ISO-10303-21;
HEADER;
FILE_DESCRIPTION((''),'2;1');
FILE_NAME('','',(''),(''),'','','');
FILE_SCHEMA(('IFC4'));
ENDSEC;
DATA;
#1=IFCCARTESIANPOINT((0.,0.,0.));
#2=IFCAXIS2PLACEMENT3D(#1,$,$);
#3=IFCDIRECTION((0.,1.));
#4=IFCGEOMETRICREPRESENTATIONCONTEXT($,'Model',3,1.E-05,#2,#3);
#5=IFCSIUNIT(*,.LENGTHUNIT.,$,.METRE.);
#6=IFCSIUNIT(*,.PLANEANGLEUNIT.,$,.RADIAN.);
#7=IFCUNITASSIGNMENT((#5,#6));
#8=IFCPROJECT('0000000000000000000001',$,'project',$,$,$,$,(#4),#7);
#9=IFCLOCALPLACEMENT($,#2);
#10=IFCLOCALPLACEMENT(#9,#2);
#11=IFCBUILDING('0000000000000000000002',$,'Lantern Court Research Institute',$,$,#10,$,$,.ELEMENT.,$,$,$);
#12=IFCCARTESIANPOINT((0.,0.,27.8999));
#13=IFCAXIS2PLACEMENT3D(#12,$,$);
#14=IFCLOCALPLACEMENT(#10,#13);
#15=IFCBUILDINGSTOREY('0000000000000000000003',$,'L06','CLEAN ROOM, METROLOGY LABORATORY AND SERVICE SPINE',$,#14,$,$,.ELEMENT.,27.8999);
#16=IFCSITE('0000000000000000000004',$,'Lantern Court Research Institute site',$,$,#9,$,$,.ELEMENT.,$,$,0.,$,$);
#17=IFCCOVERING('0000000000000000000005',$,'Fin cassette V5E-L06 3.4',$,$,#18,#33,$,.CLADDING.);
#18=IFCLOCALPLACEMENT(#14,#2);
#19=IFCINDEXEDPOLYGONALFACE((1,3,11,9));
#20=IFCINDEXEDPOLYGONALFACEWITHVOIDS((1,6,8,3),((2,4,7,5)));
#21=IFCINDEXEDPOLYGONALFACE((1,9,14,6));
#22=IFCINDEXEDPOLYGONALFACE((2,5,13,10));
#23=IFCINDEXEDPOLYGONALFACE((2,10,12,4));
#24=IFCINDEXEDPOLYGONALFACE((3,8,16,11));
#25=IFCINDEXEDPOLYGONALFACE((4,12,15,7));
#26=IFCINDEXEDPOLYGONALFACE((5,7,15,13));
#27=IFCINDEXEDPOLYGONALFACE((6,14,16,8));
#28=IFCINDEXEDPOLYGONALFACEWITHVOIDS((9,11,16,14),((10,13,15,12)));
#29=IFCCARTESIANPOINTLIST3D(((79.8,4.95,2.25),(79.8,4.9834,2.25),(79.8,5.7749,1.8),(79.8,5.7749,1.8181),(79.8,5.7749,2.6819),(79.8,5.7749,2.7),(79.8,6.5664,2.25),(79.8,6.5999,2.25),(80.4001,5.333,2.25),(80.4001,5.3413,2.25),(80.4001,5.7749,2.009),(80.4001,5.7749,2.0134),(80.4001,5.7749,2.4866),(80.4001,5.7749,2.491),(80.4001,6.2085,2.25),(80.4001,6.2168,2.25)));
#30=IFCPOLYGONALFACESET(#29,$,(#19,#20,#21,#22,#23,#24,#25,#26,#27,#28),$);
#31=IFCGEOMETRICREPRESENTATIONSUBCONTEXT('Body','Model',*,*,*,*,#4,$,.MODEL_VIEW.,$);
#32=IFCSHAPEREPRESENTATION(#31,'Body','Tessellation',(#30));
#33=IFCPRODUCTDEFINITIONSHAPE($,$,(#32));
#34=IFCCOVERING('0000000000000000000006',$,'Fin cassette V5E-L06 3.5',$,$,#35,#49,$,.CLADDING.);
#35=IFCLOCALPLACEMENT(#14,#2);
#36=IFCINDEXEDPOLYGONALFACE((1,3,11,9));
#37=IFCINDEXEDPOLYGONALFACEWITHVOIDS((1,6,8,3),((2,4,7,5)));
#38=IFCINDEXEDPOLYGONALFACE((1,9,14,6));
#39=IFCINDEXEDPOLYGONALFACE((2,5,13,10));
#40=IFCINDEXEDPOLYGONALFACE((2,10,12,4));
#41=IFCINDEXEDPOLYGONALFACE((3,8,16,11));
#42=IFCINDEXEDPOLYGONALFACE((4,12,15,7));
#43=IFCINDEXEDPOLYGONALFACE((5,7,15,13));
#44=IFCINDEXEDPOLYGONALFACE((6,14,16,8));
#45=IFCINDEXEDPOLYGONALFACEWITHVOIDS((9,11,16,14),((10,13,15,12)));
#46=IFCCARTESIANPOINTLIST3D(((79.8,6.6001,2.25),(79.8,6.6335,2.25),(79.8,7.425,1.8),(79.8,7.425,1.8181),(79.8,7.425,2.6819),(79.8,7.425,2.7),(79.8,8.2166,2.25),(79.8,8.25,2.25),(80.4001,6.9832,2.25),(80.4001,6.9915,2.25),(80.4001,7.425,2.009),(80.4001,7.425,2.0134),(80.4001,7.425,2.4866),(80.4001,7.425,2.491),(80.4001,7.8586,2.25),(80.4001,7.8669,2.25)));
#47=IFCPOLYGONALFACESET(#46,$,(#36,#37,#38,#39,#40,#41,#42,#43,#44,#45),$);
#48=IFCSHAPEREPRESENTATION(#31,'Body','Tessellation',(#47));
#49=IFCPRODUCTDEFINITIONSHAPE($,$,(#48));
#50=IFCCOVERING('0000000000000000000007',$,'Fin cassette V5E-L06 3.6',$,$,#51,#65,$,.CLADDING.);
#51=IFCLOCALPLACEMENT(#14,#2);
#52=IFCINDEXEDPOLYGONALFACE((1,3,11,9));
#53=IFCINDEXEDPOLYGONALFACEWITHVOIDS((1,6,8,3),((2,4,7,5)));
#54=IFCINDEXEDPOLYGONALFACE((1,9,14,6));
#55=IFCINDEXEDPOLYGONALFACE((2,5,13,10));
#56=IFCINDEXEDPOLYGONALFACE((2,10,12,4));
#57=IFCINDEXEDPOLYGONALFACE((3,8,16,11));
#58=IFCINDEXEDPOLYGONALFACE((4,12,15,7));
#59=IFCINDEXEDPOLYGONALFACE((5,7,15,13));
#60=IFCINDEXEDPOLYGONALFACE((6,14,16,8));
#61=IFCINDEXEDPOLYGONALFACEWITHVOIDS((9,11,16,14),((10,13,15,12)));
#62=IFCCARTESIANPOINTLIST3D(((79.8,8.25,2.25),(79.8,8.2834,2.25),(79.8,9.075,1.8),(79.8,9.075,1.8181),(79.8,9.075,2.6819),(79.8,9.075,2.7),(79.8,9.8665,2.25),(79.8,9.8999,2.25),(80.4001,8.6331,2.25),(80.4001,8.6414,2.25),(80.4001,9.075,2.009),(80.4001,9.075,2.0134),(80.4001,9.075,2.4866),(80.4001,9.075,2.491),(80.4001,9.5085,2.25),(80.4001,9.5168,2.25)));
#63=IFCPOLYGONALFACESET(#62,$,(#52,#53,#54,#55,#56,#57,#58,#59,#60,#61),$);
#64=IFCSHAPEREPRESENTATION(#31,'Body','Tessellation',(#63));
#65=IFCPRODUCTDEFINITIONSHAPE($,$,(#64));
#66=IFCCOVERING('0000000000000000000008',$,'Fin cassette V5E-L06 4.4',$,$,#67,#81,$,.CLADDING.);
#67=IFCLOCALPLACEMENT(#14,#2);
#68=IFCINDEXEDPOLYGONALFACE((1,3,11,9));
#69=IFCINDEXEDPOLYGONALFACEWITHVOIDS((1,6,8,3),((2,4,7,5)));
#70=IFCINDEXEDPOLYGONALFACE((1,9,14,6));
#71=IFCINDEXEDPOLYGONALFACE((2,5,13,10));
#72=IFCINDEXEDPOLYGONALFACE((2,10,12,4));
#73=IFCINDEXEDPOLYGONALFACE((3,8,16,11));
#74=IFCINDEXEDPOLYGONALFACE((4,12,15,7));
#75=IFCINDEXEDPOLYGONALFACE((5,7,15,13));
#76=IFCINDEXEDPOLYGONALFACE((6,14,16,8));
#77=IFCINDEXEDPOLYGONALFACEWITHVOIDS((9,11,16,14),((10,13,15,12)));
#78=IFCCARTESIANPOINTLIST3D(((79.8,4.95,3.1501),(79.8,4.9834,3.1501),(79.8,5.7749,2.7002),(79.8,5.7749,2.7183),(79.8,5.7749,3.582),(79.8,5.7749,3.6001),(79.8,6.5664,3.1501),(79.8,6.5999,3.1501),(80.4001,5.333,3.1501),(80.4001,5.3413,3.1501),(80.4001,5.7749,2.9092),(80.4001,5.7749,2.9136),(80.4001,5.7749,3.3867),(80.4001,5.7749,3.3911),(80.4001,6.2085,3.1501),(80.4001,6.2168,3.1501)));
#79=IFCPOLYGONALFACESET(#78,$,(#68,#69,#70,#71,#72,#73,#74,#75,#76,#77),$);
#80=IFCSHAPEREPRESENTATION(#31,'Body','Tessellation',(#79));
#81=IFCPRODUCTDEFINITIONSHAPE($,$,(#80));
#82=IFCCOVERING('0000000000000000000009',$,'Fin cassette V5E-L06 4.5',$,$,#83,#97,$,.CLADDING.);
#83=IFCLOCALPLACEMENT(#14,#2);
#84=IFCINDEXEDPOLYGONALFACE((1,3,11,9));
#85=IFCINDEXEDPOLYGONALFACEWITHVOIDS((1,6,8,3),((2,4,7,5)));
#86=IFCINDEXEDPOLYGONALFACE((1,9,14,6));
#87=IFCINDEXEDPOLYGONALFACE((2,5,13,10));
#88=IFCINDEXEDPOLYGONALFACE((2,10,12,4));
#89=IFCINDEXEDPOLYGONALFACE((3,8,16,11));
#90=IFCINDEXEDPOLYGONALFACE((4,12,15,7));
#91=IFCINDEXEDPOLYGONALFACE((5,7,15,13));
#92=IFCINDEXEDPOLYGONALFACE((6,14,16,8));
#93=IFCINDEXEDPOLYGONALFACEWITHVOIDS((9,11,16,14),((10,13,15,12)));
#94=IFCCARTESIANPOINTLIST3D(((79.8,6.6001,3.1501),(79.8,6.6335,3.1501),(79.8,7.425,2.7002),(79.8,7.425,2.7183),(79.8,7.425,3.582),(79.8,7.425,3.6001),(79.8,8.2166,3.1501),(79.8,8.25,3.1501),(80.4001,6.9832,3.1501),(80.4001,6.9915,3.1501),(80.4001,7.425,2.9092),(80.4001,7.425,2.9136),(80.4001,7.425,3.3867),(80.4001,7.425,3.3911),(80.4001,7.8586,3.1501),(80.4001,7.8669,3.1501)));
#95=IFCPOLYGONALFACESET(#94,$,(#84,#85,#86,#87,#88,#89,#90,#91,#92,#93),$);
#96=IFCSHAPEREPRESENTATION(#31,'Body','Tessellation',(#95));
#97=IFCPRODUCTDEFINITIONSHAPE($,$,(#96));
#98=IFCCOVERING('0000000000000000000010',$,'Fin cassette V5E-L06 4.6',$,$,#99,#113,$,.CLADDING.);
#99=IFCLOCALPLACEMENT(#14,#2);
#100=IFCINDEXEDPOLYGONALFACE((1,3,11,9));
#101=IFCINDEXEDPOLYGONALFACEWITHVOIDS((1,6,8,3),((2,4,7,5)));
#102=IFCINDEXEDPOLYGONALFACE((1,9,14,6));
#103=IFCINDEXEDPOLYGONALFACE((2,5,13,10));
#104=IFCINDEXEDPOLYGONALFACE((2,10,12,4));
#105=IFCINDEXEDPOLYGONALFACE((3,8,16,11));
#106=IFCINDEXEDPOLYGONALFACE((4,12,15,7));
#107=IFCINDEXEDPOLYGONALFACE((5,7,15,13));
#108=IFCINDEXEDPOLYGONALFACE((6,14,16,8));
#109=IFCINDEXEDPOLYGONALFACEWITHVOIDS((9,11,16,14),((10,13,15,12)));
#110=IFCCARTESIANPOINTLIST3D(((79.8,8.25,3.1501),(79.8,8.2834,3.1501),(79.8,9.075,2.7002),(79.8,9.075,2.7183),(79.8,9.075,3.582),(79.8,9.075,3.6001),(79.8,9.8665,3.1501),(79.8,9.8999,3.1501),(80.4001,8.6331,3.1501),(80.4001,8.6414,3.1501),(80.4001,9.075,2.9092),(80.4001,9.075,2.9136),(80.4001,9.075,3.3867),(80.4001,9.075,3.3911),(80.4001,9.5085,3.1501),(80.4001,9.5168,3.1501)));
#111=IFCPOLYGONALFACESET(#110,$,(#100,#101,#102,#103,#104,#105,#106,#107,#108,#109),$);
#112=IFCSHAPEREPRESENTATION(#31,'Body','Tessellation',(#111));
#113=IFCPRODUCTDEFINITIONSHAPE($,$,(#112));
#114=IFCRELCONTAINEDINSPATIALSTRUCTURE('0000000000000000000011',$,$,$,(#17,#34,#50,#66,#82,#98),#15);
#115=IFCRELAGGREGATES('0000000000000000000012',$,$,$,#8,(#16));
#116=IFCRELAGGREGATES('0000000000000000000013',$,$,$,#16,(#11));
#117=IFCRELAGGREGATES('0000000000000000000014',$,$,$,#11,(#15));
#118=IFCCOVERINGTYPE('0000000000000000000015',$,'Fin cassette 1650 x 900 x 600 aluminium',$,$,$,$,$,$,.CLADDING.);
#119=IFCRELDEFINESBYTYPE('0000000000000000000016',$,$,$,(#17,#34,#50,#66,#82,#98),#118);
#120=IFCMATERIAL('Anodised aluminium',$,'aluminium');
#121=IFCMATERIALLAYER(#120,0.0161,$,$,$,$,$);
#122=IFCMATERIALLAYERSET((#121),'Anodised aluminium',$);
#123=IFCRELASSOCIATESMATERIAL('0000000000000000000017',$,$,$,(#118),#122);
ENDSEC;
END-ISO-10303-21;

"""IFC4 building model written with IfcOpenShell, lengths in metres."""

from ifc_helpers import new_model, entity, si_unit, direction, frame, origin, place, context, subcontext, project, spatial, material, layer, layer_set, type_object, element, save


model = new_model("IFC4")

# Units and contexts
model_context = context("Model", 3, precision=1e-05, world=origin(), true_north=direction((0.0, 1.0)))
body_context = subcontext(model_context, "Body", "Model", "MODEL_VIEW")
ifc_project = project(units=[si_unit("LENGTHUNIT", "METRE"), si_unit("PLANEANGLEUNIT", "RADIAN")], contexts=[model_context])

# Site, building, storey
site_placement = place(None, origin())
site = spatial("IfcSite", under=ifc_project, at=site_placement, Name="Lantern Court Research Institute site", CompositionType="ELEMENT", RefElevation=0.0)
building_placement = place(site_placement, origin())
building = spatial("IfcBuilding", under=site, at=building_placement, Name="Lantern Court Research Institute", CompositionType="ELEMENT")
storey_placement = place(building_placement, frame((0.0, 0.0, 27.8999)))
storey = spatial("IfcBuildingStorey", under=building, at=storey_placement, Name="L06", Description="CLEAN ROOM, METROLOGY LABORATORY AND SERVICE SPINE", CompositionType="ELEMENT", Elevation=27.8999)

# Coverings
ifc_material_1 = material(Name="Anodised aluminium", Category="aluminium")
ifc_layer_1 = layer(ifc_material_1, 0.0161)
ifc_layer_set_1 = layer_set([ifc_layer_1], Name="Anodised aluminium")
covering_type = type_object("IfcCoveringType", Name="Fin cassette 1650 x 900 x 600 aluminium", PredefinedType="CLADDING", material=ifc_layer_set_1)
covering_1_placement = place(storey_placement, frame((79.8, 5.7749, 2.25), z_axis=(1.0, 0.0, 0.0), x_axis=(0.0, 1.0, 0.0)))
cartesian_point_1 = entity("IfcCartesianPoint", [0.825, 0.0])
cartesian_point_2 = entity("IfcCartesianPoint", [0.7915, 0.0])
cartesian_point_3 = entity("IfcCartesianPoint", [0.4419, 0.0])
cartesian_point_4 = entity("IfcCartesianPoint", [0.4336, 0.0])
element("IfcCovering", 1, at=covering_1_placement, inside=storey, type_object=covering_type, Name="Fin cassette V5E-L06 3.4", PredefinedType="CLADDING", context=body_context, shape_type="SweptSolid", body=[
    entity("IfcExtrudedAreaSolidTapered", entity("IfcArbitraryProfileDefWithVoids", "AREA", None, entity("IfcPolyline", [cartesian_point_1, entity("IfcCartesianPoint", [0.0, 0.45]), entity("IfcCartesianPoint", [-0.825, 0.0]), entity("IfcCartesianPoint", [0.0, -0.45]), cartesian_point_1]), [entity("IfcPolyline", [cartesian_point_2, entity("IfcCartesianPoint", [0.0, 0.4319]), entity("IfcCartesianPoint", [-0.7915, 0.0]), entity("IfcCartesianPoint", [0.0, -0.4319]), cartesian_point_2])]), entity("IfcAxis2Placement3D", entity("IfcCartesianPoint", [0.0, 0.0, 0.0])), entity("IfcDirection", [0.0, 0.0, 1.0]), 0.6001, entity("IfcArbitraryProfileDefWithVoids", "AREA", None, entity("IfcPolyline", [cartesian_point_3, entity("IfcCartesianPoint", [0.0, 0.241]), entity("IfcCartesianPoint", [-0.4419, 0.0]), entity("IfcCartesianPoint", [0.0, -0.241]), cartesian_point_3]), [entity("IfcPolyline", [cartesian_point_4, entity("IfcCartesianPoint", [0.0, 0.2366]), entity("IfcCartesianPoint", [-0.4336, 0.0]), entity("IfcCartesianPoint", [0.0, -0.2366]), cartesian_point_4])])),
])
covering_2_placement = place(storey_placement, frame((79.8, 7.425, 2.25), z_axis=(1.0, 0.0, 0.0), x_axis=(0.0, 1.0, 0.0)))
cartesian_point_5 = entity("IfcCartesianPoint", [0.825, 0.0])
cartesian_point_6 = entity("IfcCartesianPoint", [0.7915, 0.0])
cartesian_point_7 = entity("IfcCartesianPoint", [0.4419, 0.0])
cartesian_point_8 = entity("IfcCartesianPoint", [0.4336, 0.0])
element("IfcCovering", 2, at=covering_2_placement, inside=storey, type_object=covering_type, Name="Fin cassette V5E-L06 3.5", PredefinedType="CLADDING", context=body_context, shape_type="SweptSolid", body=[
    entity("IfcExtrudedAreaSolidTapered", entity("IfcArbitraryProfileDefWithVoids", "AREA", None, entity("IfcPolyline", [cartesian_point_5, entity("IfcCartesianPoint", [0.0, 0.45]), entity("IfcCartesianPoint", [-0.825, 0.0]), entity("IfcCartesianPoint", [0.0, -0.45]), cartesian_point_5]), [entity("IfcPolyline", [cartesian_point_6, entity("IfcCartesianPoint", [0.0, 0.4319]), entity("IfcCartesianPoint", [-0.7915, 0.0]), entity("IfcCartesianPoint", [0.0, -0.4319]), cartesian_point_6])]), entity("IfcAxis2Placement3D", entity("IfcCartesianPoint", [0.0, 0.0, 0.0])), entity("IfcDirection", [0.0, 0.0, 1.0]), 0.6001, entity("IfcArbitraryProfileDefWithVoids", "AREA", None, entity("IfcPolyline", [cartesian_point_7, entity("IfcCartesianPoint", [0.0, 0.241]), entity("IfcCartesianPoint", [-0.4419, 0.0]), entity("IfcCartesianPoint", [0.0, -0.241]), cartesian_point_7]), [entity("IfcPolyline", [cartesian_point_8, entity("IfcCartesianPoint", [0.0, 0.2366]), entity("IfcCartesianPoint", [-0.4336, 0.0]), entity("IfcCartesianPoint", [0.0, -0.2366]), cartesian_point_8])])),
])
covering_3_placement = place(storey_placement, frame((79.8, 9.075, 2.25), z_axis=(1.0, 0.0, 0.0), x_axis=(0.0, 1.0, 0.0)))
cartesian_point_9 = entity("IfcCartesianPoint", [0.825, 0.0])
cartesian_point_10 = entity("IfcCartesianPoint", [0.7915, 0.0])
cartesian_point_11 = entity("IfcCartesianPoint", [0.4419, 0.0])
cartesian_point_12 = entity("IfcCartesianPoint", [0.4336, 0.0])
element("IfcCovering", 3, at=covering_3_placement, inside=storey, type_object=covering_type, Name="Fin cassette V5E-L06 3.6", PredefinedType="CLADDING", context=body_context, shape_type="SweptSolid", body=[
    entity("IfcExtrudedAreaSolidTapered", entity("IfcArbitraryProfileDefWithVoids", "AREA", None, entity("IfcPolyline", [cartesian_point_9, entity("IfcCartesianPoint", [0.0, 0.45]), entity("IfcCartesianPoint", [-0.825, 0.0]), entity("IfcCartesianPoint", [0.0, -0.45]), cartesian_point_9]), [entity("IfcPolyline", [cartesian_point_10, entity("IfcCartesianPoint", [0.0, 0.4319]), entity("IfcCartesianPoint", [-0.7915, 0.0]), entity("IfcCartesianPoint", [0.0, -0.4319]), cartesian_point_10])]), entity("IfcAxis2Placement3D", entity("IfcCartesianPoint", [0.0, 0.0, 0.0])), entity("IfcDirection", [0.0, 0.0, 1.0]), 0.6001, entity("IfcArbitraryProfileDefWithVoids", "AREA", None, entity("IfcPolyline", [cartesian_point_11, entity("IfcCartesianPoint", [0.0, 0.241]), entity("IfcCartesianPoint", [-0.4419, 0.0]), entity("IfcCartesianPoint", [0.0, -0.241]), cartesian_point_11]), [entity("IfcPolyline", [cartesian_point_12, entity("IfcCartesianPoint", [0.0, 0.2366]), entity("IfcCartesianPoint", [-0.4336, 0.0]), entity("IfcCartesianPoint", [0.0, -0.2366]), cartesian_point_12])])),
])
covering_4_placement = place(storey_placement, frame((79.8, 5.7749, 3.1501), z_axis=(1.0, 0.0, 0.0), x_axis=(0.0, 1.0, 0.0)))
cartesian_point_13 = entity("IfcCartesianPoint", [0.825, 0.0])
cartesian_point_14 = entity("IfcCartesianPoint", [0.7915, 0.0])
cartesian_point_15 = entity("IfcCartesianPoint", [0.4419, 0.0])
cartesian_point_16 = entity("IfcCartesianPoint", [0.4336, 0.0])
element("IfcCovering", 4, at=covering_4_placement, inside=storey, type_object=covering_type, Name="Fin cassette V5E-L06 4.4", PredefinedType="CLADDING", context=body_context, shape_type="SweptSolid", body=[
    entity("IfcExtrudedAreaSolidTapered", entity("IfcArbitraryProfileDefWithVoids", "AREA", None, entity("IfcPolyline", [cartesian_point_13, entity("IfcCartesianPoint", [0.0, 0.45]), entity("IfcCartesianPoint", [-0.825, 0.0]), entity("IfcCartesianPoint", [0.0, -0.45]), cartesian_point_13]), [entity("IfcPolyline", [cartesian_point_14, entity("IfcCartesianPoint", [0.0, 0.4319]), entity("IfcCartesianPoint", [-0.7915, 0.0]), entity("IfcCartesianPoint", [0.0, -0.4319]), cartesian_point_14])]), entity("IfcAxis2Placement3D", entity("IfcCartesianPoint", [0.0, 0.0, 0.0])), entity("IfcDirection", [0.0, 0.0, 1.0]), 0.6001, entity("IfcArbitraryProfileDefWithVoids", "AREA", None, entity("IfcPolyline", [cartesian_point_15, entity("IfcCartesianPoint", [0.0, 0.241]), entity("IfcCartesianPoint", [-0.4419, 0.0]), entity("IfcCartesianPoint", [0.0, -0.241]), cartesian_point_15]), [entity("IfcPolyline", [cartesian_point_16, entity("IfcCartesianPoint", [0.0, 0.2366]), entity("IfcCartesianPoint", [-0.4336, 0.0]), entity("IfcCartesianPoint", [0.0, -0.2366]), cartesian_point_16])])),
])
covering_5_placement = place(storey_placement, frame((79.8, 7.425, 3.1501), z_axis=(1.0, 0.0, 0.0), x_axis=(0.0, 1.0, 0.0)))
cartesian_point_17 = entity("IfcCartesianPoint", [0.825, 0.0])
cartesian_point_18 = entity("IfcCartesianPoint", [0.7915, 0.0])
cartesian_point_19 = entity("IfcCartesianPoint", [0.4419, 0.0])
cartesian_point_20 = entity("IfcCartesianPoint", [0.4336, 0.0])
element("IfcCovering", 5, at=covering_5_placement, inside=storey, type_object=covering_type, Name="Fin cassette V5E-L06 4.5", PredefinedType="CLADDING", context=body_context, shape_type="SweptSolid", body=[
    entity("IfcExtrudedAreaSolidTapered", entity("IfcArbitraryProfileDefWithVoids", "AREA", None, entity("IfcPolyline", [cartesian_point_17, entity("IfcCartesianPoint", [0.0, 0.45]), entity("IfcCartesianPoint", [-0.825, 0.0]), entity("IfcCartesianPoint", [0.0, -0.45]), cartesian_point_17]), [entity("IfcPolyline", [cartesian_point_18, entity("IfcCartesianPoint", [0.0, 0.4319]), entity("IfcCartesianPoint", [-0.7915, 0.0]), entity("IfcCartesianPoint", [0.0, -0.4319]), cartesian_point_18])]), entity("IfcAxis2Placement3D", entity("IfcCartesianPoint", [0.0, 0.0, 0.0])), entity("IfcDirection", [0.0, 0.0, 1.0]), 0.6001, entity("IfcArbitraryProfileDefWithVoids", "AREA", None, entity("IfcPolyline", [cartesian_point_19, entity("IfcCartesianPoint", [0.0, 0.241]), entity("IfcCartesianPoint", [-0.4419, 0.0]), entity("IfcCartesianPoint", [0.0, -0.241]), cartesian_point_19]), [entity("IfcPolyline", [cartesian_point_20, entity("IfcCartesianPoint", [0.0, 0.2366]), entity("IfcCartesianPoint", [-0.4336, 0.0]), entity("IfcCartesianPoint", [0.0, -0.2366]), cartesian_point_20])])),
])
covering_6_placement = place(storey_placement, frame((79.8, 9.075, 3.1501), z_axis=(1.0, 0.0, 0.0), x_axis=(0.0, 1.0, 0.0)))
cartesian_point_21 = entity("IfcCartesianPoint", [0.825, 0.0])
cartesian_point_22 = entity("IfcCartesianPoint", [0.7915, 0.0])
cartesian_point_23 = entity("IfcCartesianPoint", [0.4419, 0.0])
cartesian_point_24 = entity("IfcCartesianPoint", [0.4336, 0.0])
element("IfcCovering", 6, at=covering_6_placement, inside=storey, type_object=covering_type, Name="Fin cassette V5E-L06 4.6", PredefinedType="CLADDING", context=body_context, shape_type="SweptSolid", body=[
    entity("IfcExtrudedAreaSolidTapered", entity("IfcArbitraryProfileDefWithVoids", "AREA", None, entity("IfcPolyline", [cartesian_point_21, entity("IfcCartesianPoint", [0.0, 0.45]), entity("IfcCartesianPoint", [-0.825, 0.0]), entity("IfcCartesianPoint", [0.0, -0.45]), cartesian_point_21]), [entity("IfcPolyline", [cartesian_point_22, entity("IfcCartesianPoint", [0.0, 0.4319]), entity("IfcCartesianPoint", [-0.7915, 0.0]), entity("IfcCartesianPoint", [0.0, -0.4319]), cartesian_point_22])]), entity("IfcAxis2Placement3D", entity("IfcCartesianPoint", [0.0, 0.0, 0.0])), entity("IfcDirection", [0.0, 0.0, 1.0]), 0.6001, entity("IfcArbitraryProfileDefWithVoids", "AREA", None, entity("IfcPolyline", [cartesian_point_23, entity("IfcCartesianPoint", [0.0, 0.241]), entity("IfcCartesianPoint", [-0.4419, 0.0]), entity("IfcCartesianPoint", [0.0, -0.241]), cartesian_point_23]), [entity("IfcPolyline", [cartesian_point_24, entity("IfcCartesianPoint", [0.0, 0.2366]), entity("IfcCartesianPoint", [-0.4336, 0.0]), entity("IfcCartesianPoint", [0.0, -0.2366]), cartesian_point_24])])),
])

save(model, "model.ifc")
